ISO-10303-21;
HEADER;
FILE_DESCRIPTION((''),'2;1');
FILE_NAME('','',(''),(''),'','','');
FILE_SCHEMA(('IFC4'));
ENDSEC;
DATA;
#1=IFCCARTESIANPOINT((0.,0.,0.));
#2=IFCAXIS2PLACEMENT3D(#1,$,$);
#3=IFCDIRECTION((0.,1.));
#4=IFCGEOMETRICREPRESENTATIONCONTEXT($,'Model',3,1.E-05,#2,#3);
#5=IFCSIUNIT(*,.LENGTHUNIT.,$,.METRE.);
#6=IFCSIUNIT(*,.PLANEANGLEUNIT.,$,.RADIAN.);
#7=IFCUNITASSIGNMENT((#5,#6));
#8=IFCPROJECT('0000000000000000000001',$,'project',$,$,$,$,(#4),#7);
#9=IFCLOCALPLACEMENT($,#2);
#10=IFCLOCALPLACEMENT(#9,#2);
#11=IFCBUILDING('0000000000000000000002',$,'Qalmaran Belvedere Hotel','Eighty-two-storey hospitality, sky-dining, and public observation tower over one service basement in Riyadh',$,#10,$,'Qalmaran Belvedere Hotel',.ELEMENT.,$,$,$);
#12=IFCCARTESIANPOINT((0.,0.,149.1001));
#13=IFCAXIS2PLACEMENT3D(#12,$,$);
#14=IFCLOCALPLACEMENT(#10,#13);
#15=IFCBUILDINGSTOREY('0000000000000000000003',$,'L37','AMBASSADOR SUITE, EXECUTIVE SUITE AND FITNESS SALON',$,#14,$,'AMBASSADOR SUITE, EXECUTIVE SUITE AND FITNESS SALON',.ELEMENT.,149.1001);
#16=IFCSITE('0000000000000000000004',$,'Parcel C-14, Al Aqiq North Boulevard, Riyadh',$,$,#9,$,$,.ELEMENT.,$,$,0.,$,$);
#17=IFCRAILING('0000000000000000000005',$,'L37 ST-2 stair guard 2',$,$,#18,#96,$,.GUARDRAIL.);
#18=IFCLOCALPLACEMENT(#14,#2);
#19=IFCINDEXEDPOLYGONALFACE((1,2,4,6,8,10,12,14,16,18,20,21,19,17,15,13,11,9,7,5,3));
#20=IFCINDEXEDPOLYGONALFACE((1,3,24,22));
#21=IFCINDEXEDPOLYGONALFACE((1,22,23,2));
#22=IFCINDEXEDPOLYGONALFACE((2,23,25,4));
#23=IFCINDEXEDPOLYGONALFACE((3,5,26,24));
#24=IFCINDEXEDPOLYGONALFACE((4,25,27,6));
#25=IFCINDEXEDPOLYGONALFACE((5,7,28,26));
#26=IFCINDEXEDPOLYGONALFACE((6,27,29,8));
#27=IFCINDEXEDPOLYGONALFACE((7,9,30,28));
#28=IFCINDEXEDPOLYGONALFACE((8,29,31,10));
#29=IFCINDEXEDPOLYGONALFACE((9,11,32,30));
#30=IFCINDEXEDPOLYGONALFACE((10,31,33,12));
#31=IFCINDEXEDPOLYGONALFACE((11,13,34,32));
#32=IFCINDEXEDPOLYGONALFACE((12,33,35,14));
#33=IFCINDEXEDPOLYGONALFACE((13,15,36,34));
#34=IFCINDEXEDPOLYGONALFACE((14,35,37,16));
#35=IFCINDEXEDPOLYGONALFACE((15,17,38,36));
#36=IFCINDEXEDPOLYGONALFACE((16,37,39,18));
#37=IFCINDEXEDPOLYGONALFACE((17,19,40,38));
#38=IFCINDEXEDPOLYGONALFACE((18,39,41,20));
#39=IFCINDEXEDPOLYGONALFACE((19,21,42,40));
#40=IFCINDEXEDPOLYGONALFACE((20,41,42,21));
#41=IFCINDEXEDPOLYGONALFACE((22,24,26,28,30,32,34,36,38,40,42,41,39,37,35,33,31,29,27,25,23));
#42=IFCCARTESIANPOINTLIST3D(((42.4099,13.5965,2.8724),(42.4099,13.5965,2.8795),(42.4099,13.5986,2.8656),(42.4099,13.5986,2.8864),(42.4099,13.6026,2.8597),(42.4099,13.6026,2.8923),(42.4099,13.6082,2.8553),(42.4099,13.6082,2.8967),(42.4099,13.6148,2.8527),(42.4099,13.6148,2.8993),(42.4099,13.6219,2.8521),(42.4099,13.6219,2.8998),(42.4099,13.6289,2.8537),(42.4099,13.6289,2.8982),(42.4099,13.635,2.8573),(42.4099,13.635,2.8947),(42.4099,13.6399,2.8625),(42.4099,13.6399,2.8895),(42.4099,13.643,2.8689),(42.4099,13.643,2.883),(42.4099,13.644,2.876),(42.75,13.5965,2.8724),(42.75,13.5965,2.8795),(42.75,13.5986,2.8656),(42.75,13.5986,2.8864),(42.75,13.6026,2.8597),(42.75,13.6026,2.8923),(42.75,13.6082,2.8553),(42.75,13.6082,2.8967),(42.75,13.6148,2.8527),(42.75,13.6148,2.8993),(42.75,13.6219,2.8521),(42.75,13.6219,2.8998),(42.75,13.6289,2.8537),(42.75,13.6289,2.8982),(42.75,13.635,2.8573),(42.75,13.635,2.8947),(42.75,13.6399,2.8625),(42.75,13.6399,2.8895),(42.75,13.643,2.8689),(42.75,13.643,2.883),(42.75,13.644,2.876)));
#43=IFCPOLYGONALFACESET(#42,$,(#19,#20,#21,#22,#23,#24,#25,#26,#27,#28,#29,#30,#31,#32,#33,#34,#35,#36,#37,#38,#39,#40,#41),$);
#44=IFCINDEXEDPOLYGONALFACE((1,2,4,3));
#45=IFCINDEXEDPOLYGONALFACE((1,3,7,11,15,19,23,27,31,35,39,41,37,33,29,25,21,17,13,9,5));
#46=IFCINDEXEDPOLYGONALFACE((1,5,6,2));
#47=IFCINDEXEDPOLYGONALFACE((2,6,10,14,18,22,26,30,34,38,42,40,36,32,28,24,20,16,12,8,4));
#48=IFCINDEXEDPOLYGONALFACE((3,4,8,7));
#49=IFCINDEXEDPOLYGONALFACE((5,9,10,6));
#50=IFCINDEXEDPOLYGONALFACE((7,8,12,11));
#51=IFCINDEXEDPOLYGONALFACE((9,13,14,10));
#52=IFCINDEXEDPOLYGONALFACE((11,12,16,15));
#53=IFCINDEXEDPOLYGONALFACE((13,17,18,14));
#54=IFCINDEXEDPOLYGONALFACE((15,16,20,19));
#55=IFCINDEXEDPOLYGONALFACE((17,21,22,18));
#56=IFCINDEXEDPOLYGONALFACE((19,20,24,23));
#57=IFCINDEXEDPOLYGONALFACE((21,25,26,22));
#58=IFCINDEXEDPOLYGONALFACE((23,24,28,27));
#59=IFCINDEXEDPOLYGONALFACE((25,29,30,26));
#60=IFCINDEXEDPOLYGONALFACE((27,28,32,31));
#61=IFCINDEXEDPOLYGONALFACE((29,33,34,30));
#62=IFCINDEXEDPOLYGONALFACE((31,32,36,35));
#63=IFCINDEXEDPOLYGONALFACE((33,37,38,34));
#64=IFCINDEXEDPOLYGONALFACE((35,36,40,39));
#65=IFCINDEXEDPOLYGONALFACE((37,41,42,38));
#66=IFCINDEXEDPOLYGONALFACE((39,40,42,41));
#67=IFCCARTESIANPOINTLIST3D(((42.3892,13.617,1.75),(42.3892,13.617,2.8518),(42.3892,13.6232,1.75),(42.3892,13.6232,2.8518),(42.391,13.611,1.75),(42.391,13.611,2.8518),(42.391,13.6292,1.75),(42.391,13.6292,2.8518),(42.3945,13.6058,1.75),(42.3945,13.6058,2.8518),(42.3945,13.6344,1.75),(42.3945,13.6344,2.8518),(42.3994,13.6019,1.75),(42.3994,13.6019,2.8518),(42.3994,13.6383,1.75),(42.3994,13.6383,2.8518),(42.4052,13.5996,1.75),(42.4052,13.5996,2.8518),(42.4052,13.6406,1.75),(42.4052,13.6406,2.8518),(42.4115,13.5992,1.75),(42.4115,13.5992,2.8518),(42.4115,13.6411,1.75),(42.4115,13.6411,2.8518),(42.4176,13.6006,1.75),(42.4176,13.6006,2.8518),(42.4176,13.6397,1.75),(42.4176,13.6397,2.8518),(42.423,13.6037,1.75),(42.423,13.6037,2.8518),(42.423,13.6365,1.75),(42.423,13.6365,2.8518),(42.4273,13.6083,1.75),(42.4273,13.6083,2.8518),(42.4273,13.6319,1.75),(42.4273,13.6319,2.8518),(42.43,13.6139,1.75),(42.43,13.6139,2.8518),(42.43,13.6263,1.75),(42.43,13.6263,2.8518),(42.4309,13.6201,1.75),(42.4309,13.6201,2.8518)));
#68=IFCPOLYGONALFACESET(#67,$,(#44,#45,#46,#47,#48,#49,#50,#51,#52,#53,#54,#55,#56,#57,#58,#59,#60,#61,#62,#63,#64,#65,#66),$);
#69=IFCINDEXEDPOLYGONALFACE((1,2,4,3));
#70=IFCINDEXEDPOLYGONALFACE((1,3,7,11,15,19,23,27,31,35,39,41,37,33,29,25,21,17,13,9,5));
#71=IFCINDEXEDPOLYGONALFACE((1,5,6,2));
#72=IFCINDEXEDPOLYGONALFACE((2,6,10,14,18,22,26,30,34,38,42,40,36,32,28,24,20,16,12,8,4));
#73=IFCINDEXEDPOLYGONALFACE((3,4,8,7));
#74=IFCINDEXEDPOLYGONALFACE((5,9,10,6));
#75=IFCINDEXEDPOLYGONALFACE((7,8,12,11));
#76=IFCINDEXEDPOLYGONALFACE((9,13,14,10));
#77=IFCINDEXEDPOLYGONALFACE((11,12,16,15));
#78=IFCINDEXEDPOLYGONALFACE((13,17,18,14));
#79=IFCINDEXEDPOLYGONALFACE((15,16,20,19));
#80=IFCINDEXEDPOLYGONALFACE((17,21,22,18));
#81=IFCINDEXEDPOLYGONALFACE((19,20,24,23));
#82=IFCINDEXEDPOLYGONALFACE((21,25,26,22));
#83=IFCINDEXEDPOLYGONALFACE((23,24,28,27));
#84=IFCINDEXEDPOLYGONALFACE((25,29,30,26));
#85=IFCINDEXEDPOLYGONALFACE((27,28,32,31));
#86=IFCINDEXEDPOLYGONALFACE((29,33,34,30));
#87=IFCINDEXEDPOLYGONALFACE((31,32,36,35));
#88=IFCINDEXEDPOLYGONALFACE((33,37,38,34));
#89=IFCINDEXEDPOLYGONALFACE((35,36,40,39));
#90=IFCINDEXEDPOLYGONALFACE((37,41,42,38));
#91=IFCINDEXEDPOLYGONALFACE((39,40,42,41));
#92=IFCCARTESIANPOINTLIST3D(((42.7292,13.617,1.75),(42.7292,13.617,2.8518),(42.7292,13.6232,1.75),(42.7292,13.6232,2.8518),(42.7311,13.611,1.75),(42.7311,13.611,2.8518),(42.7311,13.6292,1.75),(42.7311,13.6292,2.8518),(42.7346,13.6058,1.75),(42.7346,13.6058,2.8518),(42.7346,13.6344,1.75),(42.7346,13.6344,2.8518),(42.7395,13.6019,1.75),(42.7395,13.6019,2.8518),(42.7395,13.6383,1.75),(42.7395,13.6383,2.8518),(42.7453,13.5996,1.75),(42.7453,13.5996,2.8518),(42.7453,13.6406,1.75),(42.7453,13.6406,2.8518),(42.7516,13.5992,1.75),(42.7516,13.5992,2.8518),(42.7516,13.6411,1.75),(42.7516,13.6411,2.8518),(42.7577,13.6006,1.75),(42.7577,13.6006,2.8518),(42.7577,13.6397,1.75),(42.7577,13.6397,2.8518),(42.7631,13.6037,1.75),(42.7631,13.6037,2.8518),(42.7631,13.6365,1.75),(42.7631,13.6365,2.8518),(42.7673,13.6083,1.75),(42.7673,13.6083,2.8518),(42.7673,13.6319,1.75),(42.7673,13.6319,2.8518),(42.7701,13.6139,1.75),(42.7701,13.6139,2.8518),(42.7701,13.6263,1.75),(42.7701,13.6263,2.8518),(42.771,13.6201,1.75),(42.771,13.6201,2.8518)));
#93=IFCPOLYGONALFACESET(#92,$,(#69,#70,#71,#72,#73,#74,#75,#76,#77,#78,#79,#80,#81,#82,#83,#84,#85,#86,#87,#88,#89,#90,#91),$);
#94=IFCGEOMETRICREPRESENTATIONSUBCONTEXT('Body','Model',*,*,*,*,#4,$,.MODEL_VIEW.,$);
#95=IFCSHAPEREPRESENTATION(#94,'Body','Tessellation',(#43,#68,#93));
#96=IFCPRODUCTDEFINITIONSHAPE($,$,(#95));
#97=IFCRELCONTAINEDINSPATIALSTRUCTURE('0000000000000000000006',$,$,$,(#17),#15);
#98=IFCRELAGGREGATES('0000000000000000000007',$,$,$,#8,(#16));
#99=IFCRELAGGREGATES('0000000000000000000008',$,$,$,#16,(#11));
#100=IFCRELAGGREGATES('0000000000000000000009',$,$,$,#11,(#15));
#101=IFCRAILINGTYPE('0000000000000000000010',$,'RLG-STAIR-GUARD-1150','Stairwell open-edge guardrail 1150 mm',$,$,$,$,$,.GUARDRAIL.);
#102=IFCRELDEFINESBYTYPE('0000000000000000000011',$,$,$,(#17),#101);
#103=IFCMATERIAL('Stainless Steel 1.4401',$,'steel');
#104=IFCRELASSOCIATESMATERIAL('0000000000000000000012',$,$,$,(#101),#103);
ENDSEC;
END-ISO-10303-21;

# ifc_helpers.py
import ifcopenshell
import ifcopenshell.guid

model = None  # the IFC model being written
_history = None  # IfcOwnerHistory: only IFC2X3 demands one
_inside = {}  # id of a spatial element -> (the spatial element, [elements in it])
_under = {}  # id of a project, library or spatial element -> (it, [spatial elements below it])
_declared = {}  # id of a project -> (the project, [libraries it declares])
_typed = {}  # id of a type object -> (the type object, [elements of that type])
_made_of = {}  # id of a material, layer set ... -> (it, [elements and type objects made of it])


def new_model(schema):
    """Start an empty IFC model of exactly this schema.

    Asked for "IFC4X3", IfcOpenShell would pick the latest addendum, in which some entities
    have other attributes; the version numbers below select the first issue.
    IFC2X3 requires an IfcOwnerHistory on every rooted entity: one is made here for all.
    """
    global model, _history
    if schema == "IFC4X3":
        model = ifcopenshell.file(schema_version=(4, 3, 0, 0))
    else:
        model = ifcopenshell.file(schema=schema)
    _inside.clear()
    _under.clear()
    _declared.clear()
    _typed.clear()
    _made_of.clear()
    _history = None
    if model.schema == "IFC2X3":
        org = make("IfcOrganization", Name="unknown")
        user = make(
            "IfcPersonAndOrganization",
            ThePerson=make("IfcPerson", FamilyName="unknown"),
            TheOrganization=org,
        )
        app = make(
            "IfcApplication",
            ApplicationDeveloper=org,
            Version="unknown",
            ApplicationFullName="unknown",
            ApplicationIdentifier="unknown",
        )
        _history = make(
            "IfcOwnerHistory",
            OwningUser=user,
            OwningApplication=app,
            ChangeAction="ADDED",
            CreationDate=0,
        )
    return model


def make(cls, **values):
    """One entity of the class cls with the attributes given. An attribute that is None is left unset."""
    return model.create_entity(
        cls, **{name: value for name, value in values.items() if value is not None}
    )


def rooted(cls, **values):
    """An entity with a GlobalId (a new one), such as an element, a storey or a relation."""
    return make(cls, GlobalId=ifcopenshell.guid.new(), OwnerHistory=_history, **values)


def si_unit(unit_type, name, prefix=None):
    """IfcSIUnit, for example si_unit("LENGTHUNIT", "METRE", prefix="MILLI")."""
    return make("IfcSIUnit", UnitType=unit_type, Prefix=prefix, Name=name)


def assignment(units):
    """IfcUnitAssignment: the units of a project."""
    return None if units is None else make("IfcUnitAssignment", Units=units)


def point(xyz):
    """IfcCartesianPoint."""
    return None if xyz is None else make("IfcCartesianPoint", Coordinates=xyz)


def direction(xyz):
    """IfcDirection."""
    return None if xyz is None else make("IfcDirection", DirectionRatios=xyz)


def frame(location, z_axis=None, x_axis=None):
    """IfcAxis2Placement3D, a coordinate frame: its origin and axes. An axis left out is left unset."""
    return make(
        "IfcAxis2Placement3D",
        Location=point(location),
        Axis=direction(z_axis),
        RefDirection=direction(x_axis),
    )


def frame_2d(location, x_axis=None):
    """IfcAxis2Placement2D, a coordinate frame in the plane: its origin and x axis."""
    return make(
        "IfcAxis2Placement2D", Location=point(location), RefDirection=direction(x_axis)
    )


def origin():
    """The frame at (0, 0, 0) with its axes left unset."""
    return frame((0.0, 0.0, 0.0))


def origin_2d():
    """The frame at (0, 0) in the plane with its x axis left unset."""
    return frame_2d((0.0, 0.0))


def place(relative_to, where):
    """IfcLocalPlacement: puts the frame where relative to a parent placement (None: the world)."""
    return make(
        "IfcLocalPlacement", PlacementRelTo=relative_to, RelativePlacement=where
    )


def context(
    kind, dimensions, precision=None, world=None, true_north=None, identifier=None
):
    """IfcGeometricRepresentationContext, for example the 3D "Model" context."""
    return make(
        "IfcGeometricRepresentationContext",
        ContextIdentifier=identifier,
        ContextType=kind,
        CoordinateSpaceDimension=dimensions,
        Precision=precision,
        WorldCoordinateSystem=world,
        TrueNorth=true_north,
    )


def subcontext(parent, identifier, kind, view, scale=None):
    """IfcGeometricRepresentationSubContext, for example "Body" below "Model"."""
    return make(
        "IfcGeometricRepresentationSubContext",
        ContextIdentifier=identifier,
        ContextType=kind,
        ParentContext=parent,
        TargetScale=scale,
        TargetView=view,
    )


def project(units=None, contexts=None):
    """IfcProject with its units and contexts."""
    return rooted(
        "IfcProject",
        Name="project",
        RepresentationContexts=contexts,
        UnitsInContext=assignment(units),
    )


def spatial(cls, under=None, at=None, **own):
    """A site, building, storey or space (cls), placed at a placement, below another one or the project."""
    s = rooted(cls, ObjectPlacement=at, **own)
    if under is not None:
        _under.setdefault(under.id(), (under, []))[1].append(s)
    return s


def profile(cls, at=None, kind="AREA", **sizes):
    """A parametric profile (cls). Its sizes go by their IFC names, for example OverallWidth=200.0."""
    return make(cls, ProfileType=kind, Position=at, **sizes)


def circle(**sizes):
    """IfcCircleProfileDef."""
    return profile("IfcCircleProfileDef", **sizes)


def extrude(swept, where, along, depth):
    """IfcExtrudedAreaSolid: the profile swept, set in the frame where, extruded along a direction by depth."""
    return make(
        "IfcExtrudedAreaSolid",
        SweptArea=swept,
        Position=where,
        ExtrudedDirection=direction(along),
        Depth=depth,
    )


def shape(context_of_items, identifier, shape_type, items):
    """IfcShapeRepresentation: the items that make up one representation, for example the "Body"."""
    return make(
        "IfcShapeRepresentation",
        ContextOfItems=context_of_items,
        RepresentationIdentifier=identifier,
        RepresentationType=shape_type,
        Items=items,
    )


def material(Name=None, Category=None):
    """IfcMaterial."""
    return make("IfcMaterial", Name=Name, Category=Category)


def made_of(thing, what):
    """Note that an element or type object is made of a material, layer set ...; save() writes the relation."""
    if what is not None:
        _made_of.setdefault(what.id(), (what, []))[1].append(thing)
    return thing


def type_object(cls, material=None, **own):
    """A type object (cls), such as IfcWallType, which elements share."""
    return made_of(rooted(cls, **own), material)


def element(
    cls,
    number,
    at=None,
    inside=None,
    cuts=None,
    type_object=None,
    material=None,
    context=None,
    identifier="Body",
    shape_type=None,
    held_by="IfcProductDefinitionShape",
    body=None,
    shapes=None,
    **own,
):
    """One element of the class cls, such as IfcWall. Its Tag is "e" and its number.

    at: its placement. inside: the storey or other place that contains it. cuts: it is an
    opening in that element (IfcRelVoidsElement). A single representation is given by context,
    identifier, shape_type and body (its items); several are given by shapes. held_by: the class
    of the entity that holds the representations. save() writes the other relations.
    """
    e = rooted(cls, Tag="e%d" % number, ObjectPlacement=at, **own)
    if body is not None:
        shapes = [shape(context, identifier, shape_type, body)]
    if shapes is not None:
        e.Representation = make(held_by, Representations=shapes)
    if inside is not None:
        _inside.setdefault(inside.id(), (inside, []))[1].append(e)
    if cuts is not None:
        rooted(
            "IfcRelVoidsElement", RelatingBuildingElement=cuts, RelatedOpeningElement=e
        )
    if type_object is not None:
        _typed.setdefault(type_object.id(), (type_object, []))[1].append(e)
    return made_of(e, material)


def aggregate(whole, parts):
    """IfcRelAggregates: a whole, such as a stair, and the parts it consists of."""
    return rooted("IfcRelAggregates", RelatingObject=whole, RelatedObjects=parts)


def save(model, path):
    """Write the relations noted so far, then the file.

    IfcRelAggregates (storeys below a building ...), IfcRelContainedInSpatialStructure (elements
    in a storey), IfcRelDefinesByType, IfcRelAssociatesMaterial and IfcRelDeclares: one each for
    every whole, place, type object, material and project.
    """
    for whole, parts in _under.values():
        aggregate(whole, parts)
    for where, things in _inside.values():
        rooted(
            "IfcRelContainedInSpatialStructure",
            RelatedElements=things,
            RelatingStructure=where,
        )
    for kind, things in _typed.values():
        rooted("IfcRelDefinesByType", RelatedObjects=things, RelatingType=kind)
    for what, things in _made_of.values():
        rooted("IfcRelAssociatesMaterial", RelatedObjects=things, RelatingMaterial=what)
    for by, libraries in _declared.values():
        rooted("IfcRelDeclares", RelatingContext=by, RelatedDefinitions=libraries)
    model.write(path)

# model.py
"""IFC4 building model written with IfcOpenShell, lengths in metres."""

from ifc_helpers import new_model, si_unit, direction, frame, origin, origin_2d, place, context, subcontext, project, spatial, circle, extrude, material, type_object, element, save


model = new_model("IFC4")

# Units and contexts
model_context = context("Model", 3, precision=1e-05, world=origin(), true_north=direction((0.0, 1.0)))
body_context = subcontext(model_context, "Body", "Model", "MODEL_VIEW")
ifc_project = project(units=[si_unit("LENGTHUNIT", "METRE"), si_unit("PLANEANGLEUNIT", "RADIAN")], contexts=[model_context])

# Site, building, storey
site_placement = place(None, origin())
site = spatial("IfcSite", under=ifc_project, at=site_placement, Name="Parcel C-14, Al Aqiq North Boulevard, Riyadh", CompositionType="ELEMENT", RefElevation=0.0)
building_placement = place(site_placement, origin())
building = spatial("IfcBuilding", under=site, at=building_placement, Name="Qalmaran Belvedere Hotel", Description="Eighty-two-storey hospitality, sky-dining, and public observation tower over one service basement in Riyadh", LongName="Qalmaran Belvedere Hotel", CompositionType="ELEMENT")
storey_placement = place(building_placement, frame((0.0, 0.0, 149.1001)))
storey = spatial("IfcBuildingStorey", under=building, at=storey_placement, Name="L37", Description="AMBASSADOR SUITE, EXECUTIVE SUITE AND FITNESS SALON", LongName="AMBASSADOR SUITE, EXECUTIVE SUITE AND FITNESS SALON", CompositionType="ELEMENT", Elevation=149.1001)

# Shared definitions
ifc_material_1 = material(Name="Stainless Steel 1.4401", Category="steel")

# Railing
railing_type_1 = type_object("IfcRailingType", Name="RLG-STAIR-GUARD-1150", Description="Stairwell open-edge guardrail 1150 mm", PredefinedType="GUARDRAIL", material=ifc_material_1)
railing_1_placement = place(storey_placement, frame((42.4099, 13.6201, 1.75)))
element("IfcRailing", 1, at=railing_1_placement, inside=storey, type_object=railing_type_1, Name="L37 ST-2 stair guard 2", PredefinedType="GUARDRAIL", context=body_context, shape_type="SweptSolid", body=[
    extrude(circle(Radius=0.0239, at=origin_2d()), frame((0.0, 0.0, 1.126), z_axis=(1.0, 0.0, 0.0), x_axis=(0.0, 1.0, 0.0)), (0.0, 0.0, 1.0), 0.3401),
    extrude(circle(Radius=0.021, at=origin_2d()), origin(), (0.0, 0.0, 1.0), 1.1018),
    extrude(circle(Radius=0.021, at=origin_2d()), frame((0.3401, 0.0, 0.0)), (0.0, 0.0, 1.0), 1.1018),
])

save(model, "model.ifc")
